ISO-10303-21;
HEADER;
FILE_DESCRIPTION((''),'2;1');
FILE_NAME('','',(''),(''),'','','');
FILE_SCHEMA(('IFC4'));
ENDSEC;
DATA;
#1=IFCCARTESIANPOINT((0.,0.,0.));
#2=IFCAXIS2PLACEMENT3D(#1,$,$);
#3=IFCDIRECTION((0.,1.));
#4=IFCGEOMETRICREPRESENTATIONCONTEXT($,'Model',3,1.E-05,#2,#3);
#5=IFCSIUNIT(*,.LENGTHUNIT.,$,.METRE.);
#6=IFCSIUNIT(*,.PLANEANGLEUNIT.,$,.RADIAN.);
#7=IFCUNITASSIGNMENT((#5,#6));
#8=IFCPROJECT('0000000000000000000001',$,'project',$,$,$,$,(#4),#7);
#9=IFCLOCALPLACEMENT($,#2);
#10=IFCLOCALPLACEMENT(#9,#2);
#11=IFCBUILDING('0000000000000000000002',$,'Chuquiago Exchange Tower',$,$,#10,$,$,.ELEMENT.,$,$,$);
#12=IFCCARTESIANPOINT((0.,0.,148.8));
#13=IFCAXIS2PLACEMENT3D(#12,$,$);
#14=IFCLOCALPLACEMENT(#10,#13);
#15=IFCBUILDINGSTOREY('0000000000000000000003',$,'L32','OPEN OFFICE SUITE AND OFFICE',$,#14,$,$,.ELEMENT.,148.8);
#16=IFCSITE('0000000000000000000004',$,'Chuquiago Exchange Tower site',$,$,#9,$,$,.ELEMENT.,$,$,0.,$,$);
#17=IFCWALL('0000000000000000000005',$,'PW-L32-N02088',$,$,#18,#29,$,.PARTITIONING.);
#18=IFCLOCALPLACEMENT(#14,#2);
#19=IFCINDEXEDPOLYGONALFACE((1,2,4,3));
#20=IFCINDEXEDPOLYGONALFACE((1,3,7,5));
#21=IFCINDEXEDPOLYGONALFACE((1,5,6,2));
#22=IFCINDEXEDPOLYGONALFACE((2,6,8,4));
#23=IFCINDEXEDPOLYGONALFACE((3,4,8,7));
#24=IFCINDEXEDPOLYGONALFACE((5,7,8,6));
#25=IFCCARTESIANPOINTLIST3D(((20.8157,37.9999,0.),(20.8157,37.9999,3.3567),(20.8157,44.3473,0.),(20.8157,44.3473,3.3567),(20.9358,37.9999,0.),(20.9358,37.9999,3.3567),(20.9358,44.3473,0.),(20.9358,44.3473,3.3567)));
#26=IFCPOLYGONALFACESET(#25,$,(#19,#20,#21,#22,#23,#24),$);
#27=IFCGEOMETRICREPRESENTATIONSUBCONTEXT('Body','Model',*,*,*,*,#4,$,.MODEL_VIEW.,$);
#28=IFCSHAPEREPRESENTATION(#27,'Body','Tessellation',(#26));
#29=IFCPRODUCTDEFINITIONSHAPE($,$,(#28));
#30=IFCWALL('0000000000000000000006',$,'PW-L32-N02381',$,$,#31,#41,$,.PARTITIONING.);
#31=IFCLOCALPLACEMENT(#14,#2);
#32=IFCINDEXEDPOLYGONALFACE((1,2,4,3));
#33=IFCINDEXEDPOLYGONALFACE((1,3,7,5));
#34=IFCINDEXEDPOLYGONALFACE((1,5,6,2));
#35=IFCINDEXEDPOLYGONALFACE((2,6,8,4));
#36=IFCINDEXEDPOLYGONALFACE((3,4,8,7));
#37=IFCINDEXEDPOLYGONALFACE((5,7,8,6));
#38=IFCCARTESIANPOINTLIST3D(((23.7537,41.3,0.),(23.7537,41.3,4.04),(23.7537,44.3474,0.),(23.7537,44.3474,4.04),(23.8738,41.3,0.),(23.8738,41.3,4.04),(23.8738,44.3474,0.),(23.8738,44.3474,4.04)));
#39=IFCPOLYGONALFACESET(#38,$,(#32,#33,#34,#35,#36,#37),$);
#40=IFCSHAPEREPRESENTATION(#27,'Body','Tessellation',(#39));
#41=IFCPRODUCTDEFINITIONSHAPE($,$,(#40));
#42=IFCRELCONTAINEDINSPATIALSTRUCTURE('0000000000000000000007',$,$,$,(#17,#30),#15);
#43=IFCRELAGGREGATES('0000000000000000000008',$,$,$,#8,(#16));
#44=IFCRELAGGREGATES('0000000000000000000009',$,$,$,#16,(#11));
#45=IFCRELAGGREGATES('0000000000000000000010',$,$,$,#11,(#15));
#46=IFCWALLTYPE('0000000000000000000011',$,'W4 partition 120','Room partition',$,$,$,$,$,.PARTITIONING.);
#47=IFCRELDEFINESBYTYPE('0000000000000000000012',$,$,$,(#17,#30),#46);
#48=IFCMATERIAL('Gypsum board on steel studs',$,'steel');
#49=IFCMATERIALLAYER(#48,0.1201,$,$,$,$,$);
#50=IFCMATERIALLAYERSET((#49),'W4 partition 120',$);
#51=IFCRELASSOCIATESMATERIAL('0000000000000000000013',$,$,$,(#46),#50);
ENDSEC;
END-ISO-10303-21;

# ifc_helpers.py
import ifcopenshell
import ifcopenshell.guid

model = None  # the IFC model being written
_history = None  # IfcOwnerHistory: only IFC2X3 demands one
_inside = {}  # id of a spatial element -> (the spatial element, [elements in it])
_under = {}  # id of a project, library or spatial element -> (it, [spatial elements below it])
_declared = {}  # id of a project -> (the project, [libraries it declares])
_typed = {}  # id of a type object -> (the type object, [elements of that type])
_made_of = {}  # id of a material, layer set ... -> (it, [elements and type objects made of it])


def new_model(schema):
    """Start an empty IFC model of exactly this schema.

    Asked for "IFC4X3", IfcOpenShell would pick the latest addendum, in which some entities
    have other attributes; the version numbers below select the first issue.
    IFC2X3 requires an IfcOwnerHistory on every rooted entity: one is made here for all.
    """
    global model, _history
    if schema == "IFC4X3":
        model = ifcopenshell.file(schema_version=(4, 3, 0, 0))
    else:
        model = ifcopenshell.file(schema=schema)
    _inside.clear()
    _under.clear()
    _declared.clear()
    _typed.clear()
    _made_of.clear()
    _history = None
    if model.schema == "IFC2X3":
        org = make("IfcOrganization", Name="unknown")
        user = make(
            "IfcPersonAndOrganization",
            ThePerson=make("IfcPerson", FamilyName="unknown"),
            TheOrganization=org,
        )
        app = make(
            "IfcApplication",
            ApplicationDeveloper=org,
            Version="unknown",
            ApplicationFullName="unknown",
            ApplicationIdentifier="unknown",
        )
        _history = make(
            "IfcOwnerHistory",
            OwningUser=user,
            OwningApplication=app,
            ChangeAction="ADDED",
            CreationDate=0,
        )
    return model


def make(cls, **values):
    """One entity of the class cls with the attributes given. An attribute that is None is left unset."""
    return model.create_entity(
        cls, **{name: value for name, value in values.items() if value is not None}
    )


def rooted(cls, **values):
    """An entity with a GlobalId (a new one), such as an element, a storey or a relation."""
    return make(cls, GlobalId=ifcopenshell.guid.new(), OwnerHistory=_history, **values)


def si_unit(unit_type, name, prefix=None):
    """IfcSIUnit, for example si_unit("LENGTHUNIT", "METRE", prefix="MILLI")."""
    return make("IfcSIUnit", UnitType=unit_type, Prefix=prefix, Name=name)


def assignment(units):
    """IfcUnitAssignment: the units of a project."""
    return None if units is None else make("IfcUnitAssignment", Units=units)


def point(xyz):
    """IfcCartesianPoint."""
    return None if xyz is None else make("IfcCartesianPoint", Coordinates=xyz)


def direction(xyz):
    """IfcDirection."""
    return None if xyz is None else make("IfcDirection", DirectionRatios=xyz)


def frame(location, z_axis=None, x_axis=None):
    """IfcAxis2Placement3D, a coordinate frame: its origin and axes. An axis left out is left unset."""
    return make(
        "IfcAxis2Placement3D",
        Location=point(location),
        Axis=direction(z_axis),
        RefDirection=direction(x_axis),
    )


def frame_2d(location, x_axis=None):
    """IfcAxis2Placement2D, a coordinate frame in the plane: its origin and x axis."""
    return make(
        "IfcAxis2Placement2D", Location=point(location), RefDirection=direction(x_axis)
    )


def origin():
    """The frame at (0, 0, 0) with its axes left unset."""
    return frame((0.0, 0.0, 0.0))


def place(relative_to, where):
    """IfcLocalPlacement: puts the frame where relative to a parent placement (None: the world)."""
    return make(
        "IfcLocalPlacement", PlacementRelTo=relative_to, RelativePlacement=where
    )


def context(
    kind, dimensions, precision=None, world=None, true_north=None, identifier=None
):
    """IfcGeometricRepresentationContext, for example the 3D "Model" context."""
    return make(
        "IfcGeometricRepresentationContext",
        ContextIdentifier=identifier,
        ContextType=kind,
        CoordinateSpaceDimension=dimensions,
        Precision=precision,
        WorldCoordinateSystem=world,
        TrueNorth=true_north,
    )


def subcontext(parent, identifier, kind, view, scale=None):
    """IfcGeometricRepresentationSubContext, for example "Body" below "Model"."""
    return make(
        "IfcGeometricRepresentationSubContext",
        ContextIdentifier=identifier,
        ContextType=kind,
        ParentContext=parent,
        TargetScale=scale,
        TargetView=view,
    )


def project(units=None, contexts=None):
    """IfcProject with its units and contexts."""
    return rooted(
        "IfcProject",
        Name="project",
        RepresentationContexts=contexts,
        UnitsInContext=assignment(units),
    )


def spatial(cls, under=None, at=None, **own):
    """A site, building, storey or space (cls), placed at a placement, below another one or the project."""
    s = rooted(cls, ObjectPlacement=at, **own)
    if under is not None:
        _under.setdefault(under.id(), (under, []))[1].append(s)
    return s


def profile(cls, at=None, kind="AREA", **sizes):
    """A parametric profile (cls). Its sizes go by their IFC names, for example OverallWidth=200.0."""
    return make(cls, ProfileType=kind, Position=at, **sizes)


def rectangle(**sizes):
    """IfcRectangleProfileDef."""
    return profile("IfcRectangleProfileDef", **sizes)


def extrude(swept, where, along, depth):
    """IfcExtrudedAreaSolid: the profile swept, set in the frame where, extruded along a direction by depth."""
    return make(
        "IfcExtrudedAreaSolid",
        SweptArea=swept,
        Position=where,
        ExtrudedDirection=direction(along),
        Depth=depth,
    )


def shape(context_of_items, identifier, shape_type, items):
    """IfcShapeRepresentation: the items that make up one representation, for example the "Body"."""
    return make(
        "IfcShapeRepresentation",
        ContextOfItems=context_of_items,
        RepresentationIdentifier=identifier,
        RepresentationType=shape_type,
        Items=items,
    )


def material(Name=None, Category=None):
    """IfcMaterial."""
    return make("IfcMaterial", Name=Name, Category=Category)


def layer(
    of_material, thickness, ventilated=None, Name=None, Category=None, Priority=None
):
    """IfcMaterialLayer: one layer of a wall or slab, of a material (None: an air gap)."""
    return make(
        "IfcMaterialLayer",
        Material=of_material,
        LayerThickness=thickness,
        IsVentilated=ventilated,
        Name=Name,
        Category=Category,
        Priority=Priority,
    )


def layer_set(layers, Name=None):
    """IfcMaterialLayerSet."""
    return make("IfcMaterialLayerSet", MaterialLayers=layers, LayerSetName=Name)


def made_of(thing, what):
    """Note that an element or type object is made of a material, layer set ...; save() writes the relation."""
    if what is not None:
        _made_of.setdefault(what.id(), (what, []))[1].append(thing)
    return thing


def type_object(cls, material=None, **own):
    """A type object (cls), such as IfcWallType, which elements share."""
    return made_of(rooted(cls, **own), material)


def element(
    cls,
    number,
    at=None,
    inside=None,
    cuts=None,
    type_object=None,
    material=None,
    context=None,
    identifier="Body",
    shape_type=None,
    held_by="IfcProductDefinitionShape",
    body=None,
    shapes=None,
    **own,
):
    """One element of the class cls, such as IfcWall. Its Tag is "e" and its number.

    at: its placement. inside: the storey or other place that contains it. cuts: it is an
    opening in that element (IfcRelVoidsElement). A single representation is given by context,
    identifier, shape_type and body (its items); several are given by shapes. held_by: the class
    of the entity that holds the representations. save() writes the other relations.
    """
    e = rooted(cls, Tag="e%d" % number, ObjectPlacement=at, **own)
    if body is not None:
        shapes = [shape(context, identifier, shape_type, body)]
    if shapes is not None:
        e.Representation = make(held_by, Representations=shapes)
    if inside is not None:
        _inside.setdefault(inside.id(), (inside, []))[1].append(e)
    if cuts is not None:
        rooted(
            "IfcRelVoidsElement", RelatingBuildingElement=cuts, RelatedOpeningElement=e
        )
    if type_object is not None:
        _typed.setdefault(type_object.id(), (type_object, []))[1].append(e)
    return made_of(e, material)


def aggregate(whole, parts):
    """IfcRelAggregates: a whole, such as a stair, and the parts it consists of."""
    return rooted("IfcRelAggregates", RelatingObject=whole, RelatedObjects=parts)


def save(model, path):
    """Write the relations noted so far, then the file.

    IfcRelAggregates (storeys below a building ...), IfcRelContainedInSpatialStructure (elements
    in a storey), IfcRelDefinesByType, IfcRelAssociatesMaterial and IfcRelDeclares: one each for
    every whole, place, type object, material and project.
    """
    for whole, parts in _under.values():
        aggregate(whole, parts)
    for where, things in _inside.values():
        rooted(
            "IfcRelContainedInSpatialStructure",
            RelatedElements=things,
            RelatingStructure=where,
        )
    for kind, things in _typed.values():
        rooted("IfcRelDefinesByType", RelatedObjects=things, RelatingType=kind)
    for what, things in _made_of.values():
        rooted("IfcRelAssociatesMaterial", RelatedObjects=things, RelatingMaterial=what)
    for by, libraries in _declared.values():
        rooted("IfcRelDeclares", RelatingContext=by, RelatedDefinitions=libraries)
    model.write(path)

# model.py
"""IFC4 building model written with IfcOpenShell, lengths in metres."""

from ifc_helpers import new_model, si_unit, direction, frame, frame_2d, origin, place, context, subcontext, project, spatial, rectangle, extrude, material, layer, layer_set, type_object, element, save


model = new_model("IFC4")

# Units and contexts
model_context = context("Model", 3, precision=1e-05, world=origin(), true_north=direction((0.0, 1.0)))
body_context = subcontext(model_context, "Body", "Model", "MODEL_VIEW")
ifc_project = project(units=[si_unit("LENGTHUNIT", "METRE"), si_unit("PLANEANGLEUNIT", "RADIAN")], contexts=[model_context])

# Site, building, storey
site_placement = place(None, origin())
site = spatial("IfcSite", under=ifc_project, at=site_placement, Name="Chuquiago Exchange Tower site", CompositionType="ELEMENT", RefElevation=0.0)
building_placement = place(site_placement, origin())
building = spatial("IfcBuilding", under=site, at=building_placement, Name="Chuquiago Exchange Tower", CompositionType="ELEMENT")
storey_placement = place(building_placement, frame((0.0, 0.0, 148.8)))
storey = spatial("IfcBuildingStorey", under=building, at=storey_placement, Name="L32", Description="OPEN OFFICE SUITE AND OFFICE", CompositionType="ELEMENT", Elevation=148.8)

# Walls
ifc_material_1 = material(Name="Gypsum board on steel studs", Category="steel")
ifc_layer_1 = layer(ifc_material_1, 0.1201)
ifc_layer_set_1 = layer_set([ifc_layer_1], Name="W4 partition 120")
wall_type_1 = type_object("IfcWallType", Name="W4 partition 120", Description="Room partition", PredefinedType="PARTITIONING", material=ifc_layer_set_1)
wall_1_placement = place(storey_placement, frame((20.8757, 44.3474, 0.0), z_axis=(0.0, 0.0, 1.0), x_axis=(0.0, -1.0, 0.0)))
element("IfcWall", 1, at=wall_1_placement, inside=storey, type_object=wall_type_1, Name="PW-L32-N02088", PredefinedType="PARTITIONING", context=body_context, shape_type="SweptSolid", body=[
    extrude(rectangle(XDim=6.3474, YDim=0.1201, at=frame_2d((3.1738, 0.0))), origin(), (0.0, 0.0, 1.0), 3.3567),
])
wall_2_placement = place(storey_placement, frame((23.8137, 44.3474, 0.0), z_axis=(0.0, 0.0, 1.0), x_axis=(0.0, -1.0, 0.0)))
element("IfcWall", 2, at=wall_2_placement, inside=storey, type_object=wall_type_1, Name="PW-L32-N02381", PredefinedType="PARTITIONING", context=body_context, shape_type="SweptSolid", body=[
    extrude(rectangle(XDim=3.0474, YDim=0.1201, at=frame_2d((1.5237, 0.0))), origin(), (0.0, 0.0, 1.0), 4.04),
])

save(model, "model.ifc")
